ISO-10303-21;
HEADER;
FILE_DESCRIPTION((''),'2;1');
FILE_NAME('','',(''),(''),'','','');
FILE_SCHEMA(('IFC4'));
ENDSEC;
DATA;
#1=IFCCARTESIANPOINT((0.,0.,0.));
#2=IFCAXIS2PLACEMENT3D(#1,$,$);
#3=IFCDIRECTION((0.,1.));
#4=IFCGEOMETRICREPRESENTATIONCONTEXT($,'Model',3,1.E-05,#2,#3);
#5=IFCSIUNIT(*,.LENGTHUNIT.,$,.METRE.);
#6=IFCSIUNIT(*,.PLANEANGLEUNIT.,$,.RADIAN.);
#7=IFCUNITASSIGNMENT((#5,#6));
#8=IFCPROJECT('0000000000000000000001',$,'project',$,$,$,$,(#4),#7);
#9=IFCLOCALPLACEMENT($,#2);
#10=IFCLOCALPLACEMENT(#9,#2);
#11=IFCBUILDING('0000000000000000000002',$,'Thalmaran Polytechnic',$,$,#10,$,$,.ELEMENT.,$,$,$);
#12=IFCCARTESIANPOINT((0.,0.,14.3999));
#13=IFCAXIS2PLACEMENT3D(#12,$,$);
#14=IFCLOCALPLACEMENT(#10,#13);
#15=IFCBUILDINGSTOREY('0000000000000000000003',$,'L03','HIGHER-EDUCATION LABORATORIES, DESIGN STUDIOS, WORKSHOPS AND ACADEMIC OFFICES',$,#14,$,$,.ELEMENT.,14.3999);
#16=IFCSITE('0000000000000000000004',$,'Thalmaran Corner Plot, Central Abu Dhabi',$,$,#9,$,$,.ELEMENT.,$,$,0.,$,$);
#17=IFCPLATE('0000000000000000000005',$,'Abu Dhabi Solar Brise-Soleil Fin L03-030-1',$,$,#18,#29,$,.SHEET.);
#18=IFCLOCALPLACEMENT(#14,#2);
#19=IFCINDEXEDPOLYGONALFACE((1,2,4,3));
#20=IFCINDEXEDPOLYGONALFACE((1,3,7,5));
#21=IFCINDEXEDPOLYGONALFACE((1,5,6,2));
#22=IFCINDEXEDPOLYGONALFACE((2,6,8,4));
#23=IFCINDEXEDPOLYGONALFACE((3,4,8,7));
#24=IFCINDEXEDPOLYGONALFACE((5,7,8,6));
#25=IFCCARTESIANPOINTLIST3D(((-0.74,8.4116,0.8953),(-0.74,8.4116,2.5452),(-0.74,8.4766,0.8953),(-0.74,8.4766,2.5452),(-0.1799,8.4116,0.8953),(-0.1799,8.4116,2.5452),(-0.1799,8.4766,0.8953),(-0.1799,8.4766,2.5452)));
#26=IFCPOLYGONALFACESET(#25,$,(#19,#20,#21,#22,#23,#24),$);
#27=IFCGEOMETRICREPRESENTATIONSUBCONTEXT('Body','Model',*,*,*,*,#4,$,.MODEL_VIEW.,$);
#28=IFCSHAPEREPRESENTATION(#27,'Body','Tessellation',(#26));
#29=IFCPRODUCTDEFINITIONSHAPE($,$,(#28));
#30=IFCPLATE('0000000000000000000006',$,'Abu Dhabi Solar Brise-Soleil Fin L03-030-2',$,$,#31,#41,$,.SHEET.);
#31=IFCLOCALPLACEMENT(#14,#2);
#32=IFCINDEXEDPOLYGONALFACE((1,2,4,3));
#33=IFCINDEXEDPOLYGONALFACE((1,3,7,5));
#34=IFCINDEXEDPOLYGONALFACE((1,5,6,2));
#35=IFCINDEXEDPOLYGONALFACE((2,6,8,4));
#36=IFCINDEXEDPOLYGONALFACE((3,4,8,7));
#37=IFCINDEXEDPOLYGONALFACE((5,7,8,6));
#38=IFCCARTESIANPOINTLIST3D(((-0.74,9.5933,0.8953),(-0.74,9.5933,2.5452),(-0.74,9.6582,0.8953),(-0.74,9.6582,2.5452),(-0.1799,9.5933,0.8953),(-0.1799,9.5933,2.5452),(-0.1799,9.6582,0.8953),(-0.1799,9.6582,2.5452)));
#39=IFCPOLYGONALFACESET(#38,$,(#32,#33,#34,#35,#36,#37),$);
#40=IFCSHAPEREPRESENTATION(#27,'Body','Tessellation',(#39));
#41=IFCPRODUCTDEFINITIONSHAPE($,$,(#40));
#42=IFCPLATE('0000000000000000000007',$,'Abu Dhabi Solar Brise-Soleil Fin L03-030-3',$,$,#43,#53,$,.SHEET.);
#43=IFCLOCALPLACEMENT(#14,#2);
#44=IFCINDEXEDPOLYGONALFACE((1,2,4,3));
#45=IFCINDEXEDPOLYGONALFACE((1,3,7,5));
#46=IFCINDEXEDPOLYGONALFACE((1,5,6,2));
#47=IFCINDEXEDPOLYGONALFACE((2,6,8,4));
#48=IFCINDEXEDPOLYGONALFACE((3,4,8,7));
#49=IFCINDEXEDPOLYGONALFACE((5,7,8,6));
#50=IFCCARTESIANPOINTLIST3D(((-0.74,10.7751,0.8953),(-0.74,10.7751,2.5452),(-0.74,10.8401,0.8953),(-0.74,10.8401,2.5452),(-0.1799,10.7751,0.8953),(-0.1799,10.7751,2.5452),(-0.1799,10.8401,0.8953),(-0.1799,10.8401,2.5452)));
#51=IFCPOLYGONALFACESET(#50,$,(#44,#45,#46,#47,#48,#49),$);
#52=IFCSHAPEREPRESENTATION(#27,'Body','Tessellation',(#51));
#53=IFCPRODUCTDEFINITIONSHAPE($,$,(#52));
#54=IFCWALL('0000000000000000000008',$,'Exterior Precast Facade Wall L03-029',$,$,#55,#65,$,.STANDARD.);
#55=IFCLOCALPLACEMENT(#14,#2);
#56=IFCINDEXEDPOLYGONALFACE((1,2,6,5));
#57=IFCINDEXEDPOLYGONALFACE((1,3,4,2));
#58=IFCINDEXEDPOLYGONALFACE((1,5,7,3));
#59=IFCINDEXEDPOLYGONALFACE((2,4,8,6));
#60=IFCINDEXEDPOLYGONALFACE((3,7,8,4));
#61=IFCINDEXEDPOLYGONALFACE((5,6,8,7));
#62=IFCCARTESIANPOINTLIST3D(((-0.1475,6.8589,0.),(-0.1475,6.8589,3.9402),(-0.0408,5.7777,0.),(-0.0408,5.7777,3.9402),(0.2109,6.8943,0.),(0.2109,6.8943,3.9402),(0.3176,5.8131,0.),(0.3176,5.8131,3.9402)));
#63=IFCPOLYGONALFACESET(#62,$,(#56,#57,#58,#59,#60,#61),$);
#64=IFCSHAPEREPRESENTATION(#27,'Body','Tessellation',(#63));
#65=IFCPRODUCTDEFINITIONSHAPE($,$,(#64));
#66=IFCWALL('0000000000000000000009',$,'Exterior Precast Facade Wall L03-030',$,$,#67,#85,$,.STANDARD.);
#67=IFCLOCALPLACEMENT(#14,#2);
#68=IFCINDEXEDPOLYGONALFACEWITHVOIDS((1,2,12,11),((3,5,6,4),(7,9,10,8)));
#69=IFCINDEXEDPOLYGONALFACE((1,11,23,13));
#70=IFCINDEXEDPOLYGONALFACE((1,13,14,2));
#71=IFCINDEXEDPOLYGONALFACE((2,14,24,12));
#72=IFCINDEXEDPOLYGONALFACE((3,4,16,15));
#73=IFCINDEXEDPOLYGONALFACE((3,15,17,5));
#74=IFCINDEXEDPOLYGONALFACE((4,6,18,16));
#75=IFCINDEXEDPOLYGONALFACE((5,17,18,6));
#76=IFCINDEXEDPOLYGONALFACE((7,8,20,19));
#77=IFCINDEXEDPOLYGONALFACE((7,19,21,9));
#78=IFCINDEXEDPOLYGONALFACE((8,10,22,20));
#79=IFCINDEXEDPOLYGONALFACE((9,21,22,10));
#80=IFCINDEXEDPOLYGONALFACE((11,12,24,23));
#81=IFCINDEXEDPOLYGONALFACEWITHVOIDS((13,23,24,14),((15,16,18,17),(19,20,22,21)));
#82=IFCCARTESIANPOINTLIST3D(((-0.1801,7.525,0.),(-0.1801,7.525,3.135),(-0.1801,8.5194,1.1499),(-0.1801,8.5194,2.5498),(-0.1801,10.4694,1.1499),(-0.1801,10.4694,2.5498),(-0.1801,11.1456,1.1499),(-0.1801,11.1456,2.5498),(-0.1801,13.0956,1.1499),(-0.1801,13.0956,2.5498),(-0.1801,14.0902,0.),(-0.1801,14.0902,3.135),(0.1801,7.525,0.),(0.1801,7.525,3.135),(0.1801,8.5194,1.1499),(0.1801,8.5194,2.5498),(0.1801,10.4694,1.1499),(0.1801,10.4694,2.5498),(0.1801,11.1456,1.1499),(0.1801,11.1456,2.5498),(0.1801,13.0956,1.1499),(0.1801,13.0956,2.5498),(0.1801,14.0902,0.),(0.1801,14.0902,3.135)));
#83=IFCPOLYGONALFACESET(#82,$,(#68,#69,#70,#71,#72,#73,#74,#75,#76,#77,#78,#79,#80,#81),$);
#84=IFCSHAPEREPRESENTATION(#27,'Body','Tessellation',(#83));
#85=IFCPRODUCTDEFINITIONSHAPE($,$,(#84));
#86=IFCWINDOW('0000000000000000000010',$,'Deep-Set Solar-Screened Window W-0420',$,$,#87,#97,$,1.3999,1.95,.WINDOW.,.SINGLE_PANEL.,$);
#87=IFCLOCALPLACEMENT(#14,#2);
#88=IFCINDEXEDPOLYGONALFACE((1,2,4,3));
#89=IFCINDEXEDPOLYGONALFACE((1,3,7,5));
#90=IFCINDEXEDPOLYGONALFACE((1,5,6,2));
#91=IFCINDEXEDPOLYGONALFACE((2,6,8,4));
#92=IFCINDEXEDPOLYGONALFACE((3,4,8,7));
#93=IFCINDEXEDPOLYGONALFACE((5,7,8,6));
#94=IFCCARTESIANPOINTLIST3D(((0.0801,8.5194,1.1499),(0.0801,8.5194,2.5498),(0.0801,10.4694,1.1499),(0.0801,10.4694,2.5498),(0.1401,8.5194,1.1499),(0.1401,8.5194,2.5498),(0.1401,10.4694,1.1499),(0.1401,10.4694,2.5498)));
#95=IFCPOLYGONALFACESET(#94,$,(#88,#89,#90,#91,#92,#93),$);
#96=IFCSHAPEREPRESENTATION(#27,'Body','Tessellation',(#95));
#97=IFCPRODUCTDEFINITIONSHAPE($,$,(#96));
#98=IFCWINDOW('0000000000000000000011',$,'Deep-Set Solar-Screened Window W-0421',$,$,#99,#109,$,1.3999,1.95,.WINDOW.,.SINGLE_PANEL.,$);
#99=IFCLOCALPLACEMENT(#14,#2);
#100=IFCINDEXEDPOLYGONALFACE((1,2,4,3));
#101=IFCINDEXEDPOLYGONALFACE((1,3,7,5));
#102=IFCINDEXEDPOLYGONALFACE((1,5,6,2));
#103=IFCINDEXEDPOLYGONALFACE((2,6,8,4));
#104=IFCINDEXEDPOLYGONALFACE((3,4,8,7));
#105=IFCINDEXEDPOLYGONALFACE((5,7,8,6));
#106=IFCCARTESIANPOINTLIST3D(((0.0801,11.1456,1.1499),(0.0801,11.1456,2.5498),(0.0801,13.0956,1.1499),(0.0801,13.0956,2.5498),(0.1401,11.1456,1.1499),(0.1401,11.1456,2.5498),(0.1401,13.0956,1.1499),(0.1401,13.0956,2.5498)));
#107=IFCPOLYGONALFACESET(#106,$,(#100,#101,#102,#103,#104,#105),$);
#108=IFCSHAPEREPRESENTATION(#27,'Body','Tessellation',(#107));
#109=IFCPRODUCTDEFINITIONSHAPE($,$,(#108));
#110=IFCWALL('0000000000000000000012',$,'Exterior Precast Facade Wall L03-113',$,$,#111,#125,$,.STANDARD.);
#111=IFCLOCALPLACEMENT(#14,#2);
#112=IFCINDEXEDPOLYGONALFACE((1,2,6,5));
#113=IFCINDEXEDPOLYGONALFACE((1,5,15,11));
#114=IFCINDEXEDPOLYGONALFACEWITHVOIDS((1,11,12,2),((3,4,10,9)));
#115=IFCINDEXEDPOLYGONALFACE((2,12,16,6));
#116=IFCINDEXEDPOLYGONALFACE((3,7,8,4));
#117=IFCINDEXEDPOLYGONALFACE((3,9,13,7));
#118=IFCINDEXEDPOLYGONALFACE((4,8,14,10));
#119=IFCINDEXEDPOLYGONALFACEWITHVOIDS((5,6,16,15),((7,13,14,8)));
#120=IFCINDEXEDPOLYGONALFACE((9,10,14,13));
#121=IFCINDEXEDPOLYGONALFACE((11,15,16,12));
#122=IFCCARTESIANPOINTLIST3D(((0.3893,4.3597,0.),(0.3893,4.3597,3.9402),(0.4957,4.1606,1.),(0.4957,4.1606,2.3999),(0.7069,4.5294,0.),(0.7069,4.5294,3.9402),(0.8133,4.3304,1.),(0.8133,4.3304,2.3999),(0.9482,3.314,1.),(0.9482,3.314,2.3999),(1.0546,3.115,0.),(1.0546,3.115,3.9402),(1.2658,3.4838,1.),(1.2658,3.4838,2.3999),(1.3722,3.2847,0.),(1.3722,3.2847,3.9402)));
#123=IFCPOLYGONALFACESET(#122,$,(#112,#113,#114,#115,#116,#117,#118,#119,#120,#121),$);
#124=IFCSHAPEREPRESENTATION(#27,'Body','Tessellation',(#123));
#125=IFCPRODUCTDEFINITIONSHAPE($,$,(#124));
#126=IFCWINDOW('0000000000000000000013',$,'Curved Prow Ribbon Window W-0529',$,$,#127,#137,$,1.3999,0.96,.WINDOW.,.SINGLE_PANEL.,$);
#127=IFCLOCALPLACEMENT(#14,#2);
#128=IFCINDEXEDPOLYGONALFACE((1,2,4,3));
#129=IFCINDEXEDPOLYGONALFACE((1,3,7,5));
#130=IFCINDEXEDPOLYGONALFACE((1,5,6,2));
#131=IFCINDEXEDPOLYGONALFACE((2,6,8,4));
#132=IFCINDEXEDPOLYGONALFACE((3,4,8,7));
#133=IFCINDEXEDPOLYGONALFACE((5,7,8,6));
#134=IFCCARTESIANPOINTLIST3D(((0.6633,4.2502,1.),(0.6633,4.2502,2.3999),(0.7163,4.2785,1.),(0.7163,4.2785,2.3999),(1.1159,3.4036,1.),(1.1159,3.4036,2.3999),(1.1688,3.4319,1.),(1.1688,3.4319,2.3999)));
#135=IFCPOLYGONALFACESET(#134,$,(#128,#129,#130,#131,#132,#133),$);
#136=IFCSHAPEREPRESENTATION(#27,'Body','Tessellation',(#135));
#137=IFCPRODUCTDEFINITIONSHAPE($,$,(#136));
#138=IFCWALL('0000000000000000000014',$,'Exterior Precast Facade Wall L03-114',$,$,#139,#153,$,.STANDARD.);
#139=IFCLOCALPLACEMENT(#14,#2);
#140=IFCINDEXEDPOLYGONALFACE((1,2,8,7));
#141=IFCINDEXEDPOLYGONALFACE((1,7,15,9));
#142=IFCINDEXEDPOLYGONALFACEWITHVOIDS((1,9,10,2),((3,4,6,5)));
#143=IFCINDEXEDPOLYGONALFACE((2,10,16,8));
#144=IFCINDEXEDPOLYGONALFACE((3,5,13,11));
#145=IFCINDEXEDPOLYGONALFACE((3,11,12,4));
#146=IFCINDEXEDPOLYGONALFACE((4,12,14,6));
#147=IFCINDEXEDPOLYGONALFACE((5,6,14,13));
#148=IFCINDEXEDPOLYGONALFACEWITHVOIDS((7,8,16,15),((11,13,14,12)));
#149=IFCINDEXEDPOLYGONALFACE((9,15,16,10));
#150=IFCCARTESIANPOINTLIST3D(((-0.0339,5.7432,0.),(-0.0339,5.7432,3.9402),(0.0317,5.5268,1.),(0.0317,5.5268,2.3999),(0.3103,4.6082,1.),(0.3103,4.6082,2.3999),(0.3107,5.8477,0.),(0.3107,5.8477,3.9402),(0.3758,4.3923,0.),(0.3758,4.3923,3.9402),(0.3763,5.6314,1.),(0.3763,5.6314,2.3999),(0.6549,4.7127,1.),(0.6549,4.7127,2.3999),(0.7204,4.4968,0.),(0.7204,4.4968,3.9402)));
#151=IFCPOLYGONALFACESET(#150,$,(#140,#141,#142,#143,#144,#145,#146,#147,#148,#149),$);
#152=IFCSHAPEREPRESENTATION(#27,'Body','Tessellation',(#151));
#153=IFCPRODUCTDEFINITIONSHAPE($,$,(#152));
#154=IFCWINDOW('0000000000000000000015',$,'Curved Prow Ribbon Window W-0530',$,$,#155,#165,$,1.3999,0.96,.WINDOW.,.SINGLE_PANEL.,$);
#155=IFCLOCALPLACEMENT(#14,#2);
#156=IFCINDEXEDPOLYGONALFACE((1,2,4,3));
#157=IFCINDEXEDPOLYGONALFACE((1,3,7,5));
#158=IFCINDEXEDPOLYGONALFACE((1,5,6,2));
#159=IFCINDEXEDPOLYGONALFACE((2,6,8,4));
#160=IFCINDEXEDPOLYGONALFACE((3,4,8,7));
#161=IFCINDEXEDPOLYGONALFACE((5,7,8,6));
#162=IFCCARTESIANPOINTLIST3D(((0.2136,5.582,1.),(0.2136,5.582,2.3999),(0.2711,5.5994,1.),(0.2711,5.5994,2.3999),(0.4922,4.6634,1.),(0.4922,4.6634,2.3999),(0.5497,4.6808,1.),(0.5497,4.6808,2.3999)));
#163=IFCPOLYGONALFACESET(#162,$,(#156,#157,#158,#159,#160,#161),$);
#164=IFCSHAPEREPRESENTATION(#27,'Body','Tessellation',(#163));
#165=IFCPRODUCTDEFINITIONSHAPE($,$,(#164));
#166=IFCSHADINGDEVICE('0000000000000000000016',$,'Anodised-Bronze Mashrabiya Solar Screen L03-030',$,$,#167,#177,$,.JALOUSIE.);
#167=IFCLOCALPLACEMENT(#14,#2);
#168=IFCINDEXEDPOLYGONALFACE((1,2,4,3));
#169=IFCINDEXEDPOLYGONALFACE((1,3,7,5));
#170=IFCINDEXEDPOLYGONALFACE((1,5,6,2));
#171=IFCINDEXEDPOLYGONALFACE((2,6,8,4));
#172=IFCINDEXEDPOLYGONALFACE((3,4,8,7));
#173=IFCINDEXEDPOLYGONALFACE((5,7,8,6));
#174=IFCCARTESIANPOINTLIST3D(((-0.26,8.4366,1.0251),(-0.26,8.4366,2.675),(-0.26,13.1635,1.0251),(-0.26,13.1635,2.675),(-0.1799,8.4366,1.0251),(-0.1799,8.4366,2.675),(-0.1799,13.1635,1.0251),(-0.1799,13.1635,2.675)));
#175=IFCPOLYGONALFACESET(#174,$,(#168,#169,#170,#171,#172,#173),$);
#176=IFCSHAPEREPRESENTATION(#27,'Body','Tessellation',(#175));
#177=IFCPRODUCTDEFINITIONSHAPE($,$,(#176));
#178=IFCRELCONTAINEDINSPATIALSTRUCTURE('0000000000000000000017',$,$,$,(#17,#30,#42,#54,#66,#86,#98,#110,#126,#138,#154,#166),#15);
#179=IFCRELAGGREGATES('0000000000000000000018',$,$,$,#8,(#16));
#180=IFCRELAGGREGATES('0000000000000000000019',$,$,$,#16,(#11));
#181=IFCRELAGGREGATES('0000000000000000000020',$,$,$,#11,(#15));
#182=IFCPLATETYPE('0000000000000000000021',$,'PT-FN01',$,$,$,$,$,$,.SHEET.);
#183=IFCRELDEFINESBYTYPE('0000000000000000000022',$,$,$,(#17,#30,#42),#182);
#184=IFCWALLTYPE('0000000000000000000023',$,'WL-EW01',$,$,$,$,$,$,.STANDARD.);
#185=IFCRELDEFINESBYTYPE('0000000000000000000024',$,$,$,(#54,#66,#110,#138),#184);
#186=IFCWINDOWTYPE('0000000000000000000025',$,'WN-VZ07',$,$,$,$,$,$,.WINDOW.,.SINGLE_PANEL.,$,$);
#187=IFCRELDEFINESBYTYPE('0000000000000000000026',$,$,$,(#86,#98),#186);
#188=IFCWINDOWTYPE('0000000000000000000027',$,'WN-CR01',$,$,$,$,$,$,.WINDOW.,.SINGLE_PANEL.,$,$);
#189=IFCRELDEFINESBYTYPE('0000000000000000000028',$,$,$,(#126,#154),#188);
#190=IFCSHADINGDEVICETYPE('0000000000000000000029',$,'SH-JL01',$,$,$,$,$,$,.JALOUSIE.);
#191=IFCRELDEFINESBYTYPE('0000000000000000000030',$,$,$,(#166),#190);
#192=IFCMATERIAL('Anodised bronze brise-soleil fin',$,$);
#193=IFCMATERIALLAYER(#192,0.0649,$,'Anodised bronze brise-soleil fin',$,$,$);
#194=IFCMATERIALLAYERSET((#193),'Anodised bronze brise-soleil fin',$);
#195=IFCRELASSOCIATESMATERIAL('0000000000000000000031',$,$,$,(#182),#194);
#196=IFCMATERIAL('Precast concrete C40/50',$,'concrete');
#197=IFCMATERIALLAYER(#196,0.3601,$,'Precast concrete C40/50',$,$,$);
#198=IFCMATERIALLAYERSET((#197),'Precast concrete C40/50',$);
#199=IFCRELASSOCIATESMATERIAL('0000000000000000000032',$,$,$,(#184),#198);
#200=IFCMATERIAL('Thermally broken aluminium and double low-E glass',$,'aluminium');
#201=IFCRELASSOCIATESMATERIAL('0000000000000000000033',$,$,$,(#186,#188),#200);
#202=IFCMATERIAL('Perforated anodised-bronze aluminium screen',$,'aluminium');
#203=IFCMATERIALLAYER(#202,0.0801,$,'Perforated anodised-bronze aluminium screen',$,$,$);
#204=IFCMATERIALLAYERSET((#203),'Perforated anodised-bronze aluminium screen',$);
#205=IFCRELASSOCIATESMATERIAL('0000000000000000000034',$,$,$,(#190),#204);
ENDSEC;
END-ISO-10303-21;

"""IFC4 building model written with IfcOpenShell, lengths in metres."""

from ifc_helpers import new_model, si_unit, direction, frame, frame_2d, origin, origin_2d, place, context, subcontext, project, spatial, rectangle, extrude, material, layer, layer_set, type_object, element, fill, save


model = new_model("IFC4")

# Units and contexts
model_context = context("Model", 3, precision=1e-05, world=origin(), true_north=direction((0.0, 1.0)))
body_context = subcontext(model_context, "Body", "Model", "MODEL_VIEW")
ifc_project = project(units=[si_unit("LENGTHUNIT", "METRE"), si_unit("PLANEANGLEUNIT", "RADIAN")], contexts=[model_context])

# Site, building, storey
site_placement = place(None, origin())
site = spatial("IfcSite", under=ifc_project, at=site_placement, Name="Thalmaran Corner Plot, Central Abu Dhabi", CompositionType="ELEMENT", RefElevation=0.0)
building_placement = place(site_placement, origin())
building = spatial("IfcBuilding", under=site, at=building_placement, Name="Thalmaran Polytechnic", CompositionType="ELEMENT")
storey_placement = place(building_placement, frame((0.0, 0.0, 14.3999)))
storey = spatial("IfcBuildingStorey", under=building, at=storey_placement, Name="L03", Description="HIGHER-EDUCATION LABORATORIES, DESIGN STUDIOS, WORKSHOPS AND ACADEMIC OFFICES", CompositionType="ELEMENT", Elevation=14.3999)

# Plates
ifc_material_1 = material(Name="Anodised bronze brise-soleil fin")
ifc_layer_1 = layer(ifc_material_1, 0.0649, Name="Anodised bronze brise-soleil fin")
ifc_layer_set_1 = layer_set([ifc_layer_1], Name="Anodised bronze brise-soleil fin")
plate_type_1 = type_object("IfcPlateType", Name="PT-FN01", PredefinedType="SHEET", material=ifc_layer_set_1)
for number, where, z_axis, x_axis, name in (
    (1, (-0.46, 8.4441, 0.8953), (0.0, 0.0, 1.0), (0.0, 1.0, 0.0), "Abu Dhabi Solar Brise-Soleil Fin L03-030-1"),
    (2, (-0.46, 9.6257, 0.8953), (0.0, 0.0, 1.0), (0.0, 1.0, 0.0), "Abu Dhabi Solar Brise-Soleil Fin L03-030-2"),
    (3, (-0.46, 10.8076, 0.8953), (0.0, 0.0, 1.0), (0.0, 1.0, 0.0), "Abu Dhabi Solar Brise-Soleil Fin L03-030-3"),
):
    element("IfcPlate", number, at=place(storey_placement, frame(where, z_axis=z_axis, x_axis=x_axis)), inside=storey, type_object=plate_type_1, Name=name, PredefinedType="SHEET", context=body_context, shape_type="SweptSolid", body=[
        extrude(rectangle(XDim=0.0649, YDim=0.5601, at=origin_2d()), origin(), (0.0, 0.0, 1.0), 1.6499),
    ])

# Wall
ifc_material_2 = material(Name="Precast concrete C40/50", Category="concrete")
ifc_layer_2 = layer(ifc_material_2, 0.3601, Name="Precast concrete C40/50")
ifc_layer_set_2 = layer_set([ifc_layer_2], Name="Precast concrete C40/50")
wall_type = type_object("IfcWallType", Name="WL-EW01", PredefinedType="STANDARD", material=ifc_layer_set_2)
wall_1_placement = place(storey_placement, frame((0.1384, 5.7954, 0.0), z_axis=(0.0, 0.0, 1.0), x_axis=(-0.098213, 0.995165, 0.0)))
element("IfcWall", 4, at=wall_1_placement, inside=storey, type_object=wall_type, Name="Exterior Precast Facade Wall L03-029", PredefinedType="STANDARD", context=body_context, shape_type="SweptSolid", body=[
    extrude(rectangle(XDim=1.0864, YDim=0.3601, at=frame_2d((0.5432, 0.0))), origin(), (0.0, 0.0, 1.0), 3.9402),
])

# Wall, openings, windows
wall_2_placement = place(storey_placement, frame((0.0, 7.5249, 0.0), z_axis=(0.0, 0.0, 1.0), x_axis=(0.0, 1.0, 0.0)))
wall_2 = element("IfcWall", 5, at=wall_2_placement, inside=storey, type_object=wall_type, Name="Exterior Precast Facade Wall L03-030", PredefinedType="STANDARD", context=body_context, shape_type="SweptSolid", body=[
    extrude(rectangle(XDim=6.5652, YDim=0.3601, at=frame_2d((3.2827, 0.0))), origin(), (0.0, 0.0, 1.0), 3.135),
])
opening_1_placement = place(wall_2_placement, frame((0.9944, 0.0, 1.1499)))
opening_1 = element("IfcOpeningElement", 6, at=opening_1_placement, cuts=wall_2, PredefinedType="OPENING", context=body_context, shape_type="SweptSolid", body=[
    extrude(rectangle(XDim=1.95, YDim=1.3999, at=frame_2d((0.9751, 0.7))), frame((0.0, 0.1899, 0.0), z_axis=(0.0, -1.0, 0.0), x_axis=(1.0, 0.0, 0.0)), (0.0, 0.0, 1.0), 0.3801),
])
opening_2_placement = place(wall_2_placement, frame((3.6206, 0.0, 1.1499)))
opening_2 = element("IfcOpeningElement", 7, at=opening_2_placement, cuts=wall_2, PredefinedType="OPENING", context=body_context, shape_type="SweptSolid", body=[
    extrude(rectangle(XDim=1.95, YDim=1.3999, at=frame_2d((0.9751, 0.7))), frame((0.0, 0.1899, 0.0), z_axis=(0.0, -1.0, 0.0), x_axis=(1.0, 0.0, 0.0)), (0.0, 0.0, 1.0), 0.3801),
])
ifc_material_3 = material(Name="Thermally broken aluminium and double low-E glass", Category="aluminium")
window_type_1 = type_object("IfcWindowType", Name="WN-VZ07", PartitioningType="SINGLE_PANEL", PredefinedType="WINDOW", material=ifc_material_3)
window_1_placement = place(opening_1_placement, origin())
window_1 = element("IfcWindow", 8, at=window_1_placement, inside=storey, type_object=window_type_1, Name="Deep-Set Solar-Screened Window W-0420", OverallHeight=1.3999, OverallWidth=1.95, PartitioningType="SINGLE_PANEL", PredefinedType="WINDOW", context=body_context, shape_type="SweptSolid", body=[
    extrude(rectangle(XDim=1.95, YDim=1.3999, at=frame_2d((0.9751, 0.7))), frame((0.0, -0.0801, 0.0), z_axis=(0.0, -1.0, 0.0), x_axis=(1.0, 0.0, 0.0)), (0.0, 0.0, 1.0), 0.0601),
])
fill(opening_1, window_1)
window_2_placement = place(opening_2_placement, origin())
window_2 = element("IfcWindow", 9, at=window_2_placement, inside=storey, type_object=window_type_1, Name="Deep-Set Solar-Screened Window W-0421", OverallHeight=1.3999, OverallWidth=1.95, PartitioningType="SINGLE_PANEL", PredefinedType="WINDOW", context=body_context, shape_type="SweptSolid", body=[
    extrude(rectangle(XDim=1.95, YDim=1.3999, at=frame_2d((0.9751, 0.7))), frame((0.0, -0.0801, 0.0), z_axis=(0.0, -1.0, 0.0), x_axis=(1.0, 0.0, 0.0)), (0.0, 0.0, 1.0), 0.0601),
])
fill(opening_2, window_2)

# Walls, openings, windows
wall_3_placement = place(storey_placement, frame((1.2134, 3.2, 0.0), z_axis=(0.0, 0.0, 1.0), x_axis=(-0.471405, 0.881917, 0.0)))
wall_3 = element("IfcWall", 10, at=wall_3_placement, inside=storey, type_object=wall_type, Name="Exterior Precast Facade Wall L03-113", PredefinedType="STANDARD", context=body_context, shape_type="SweptSolid", body=[
    extrude(rectangle(XDim=1.4114, YDim=0.3601, at=frame_2d((0.7056, 0.0))), origin(), (0.0, 0.0, 1.0), 3.9402),
])
opening_3_placement = place(wall_3_placement, frame((0.2256, 0.0, 1.0)))
opening_3 = element("IfcOpeningElement", 11, at=opening_3_placement, cuts=wall_3, PredefinedType="OPENING", context=body_context, shape_type="SweptSolid", body=[
    extrude(rectangle(XDim=0.96, YDim=1.3999, at=frame_2d((0.48, 0.7))), frame((0.0, 0.1899, 0.0), z_axis=(0.0, -1.0, 0.0), x_axis=(1.0, 0.0, 0.0)), (0.0, 0.0, 1.0), 0.3801),
])
window_type_2 = type_object("IfcWindowType", Name="WN-CR01", PartitioningType="SINGLE_PANEL", PredefinedType="WINDOW", material=ifc_material_3)
window_3_placement = place(opening_3_placement, origin())
window_3 = element("IfcWindow", 12, at=window_3_placement, inside=storey, type_object=window_type_2, Name="Curved Prow Ribbon Window W-0529", OverallHeight=1.3999, OverallWidth=0.96, PartitioningType="SINGLE_PANEL", PredefinedType="WINDOW", context=body_context, shape_type="SweptSolid", body=[
    extrude(rectangle(XDim=0.96, YDim=1.3999, at=frame_2d((0.48, 0.7))), frame((0.0, -0.01, 0.0), z_axis=(0.0, -1.0, 0.0), x_axis=(1.0, 0.0, 0.0)), (0.0, 0.0, 1.0), 0.0601),
])
fill(opening_3, window_3)
wall_4_placement = place(storey_placement, frame((0.5481, 4.4446, 0.0), z_axis=(0.0, 0.0, 1.0), x_axis=(-0.290219, 0.95696, 0.0)))
wall_4 = element("IfcWall", 13, at=wall_4_placement, inside=storey, type_object=wall_type, Name="Exterior Precast Facade Wall L03-114", PredefinedType="STANDARD", context=body_context, shape_type="SweptSolid", body=[
    extrude(rectangle(XDim=1.4116, YDim=0.3601, at=frame_2d((0.7058, 0.0))), origin(), (0.0, 0.0, 1.0), 3.9402),
])
opening_4_placement = place(wall_4_placement, frame((0.2256, 0.0, 1.0)))
opening_4 = element("IfcOpeningElement", 14, at=opening_4_placement, cuts=wall_4, PredefinedType="OPENING", context=body_context, shape_type="SweptSolid", body=[
    extrude(rectangle(XDim=0.96, YDim=1.3999, at=frame_2d((0.48, 0.7))), frame((0.0, 0.1899, 0.0), z_axis=(0.0, -1.0, 0.0), x_axis=(1.0, 0.0, 0.0)), (0.0, 0.0, 1.0), 0.3801),
])
window_4_placement = place(opening_4_placement, origin())
window_4 = element("IfcWindow", 15, at=window_4_placement, inside=storey, type_object=window_type_2, Name="Curved Prow Ribbon Window W-0530", OverallHeight=1.3999, OverallWidth=0.96, PartitioningType="SINGLE_PANEL", PredefinedType="WINDOW", context=body_context, shape_type="SweptSolid", body=[
    extrude(rectangle(XDim=0.96, YDim=1.3999, at=frame_2d((0.48, 0.7))), frame((0.0, -0.01, 0.0), z_axis=(0.0, -1.0, 0.0), x_axis=(1.0, 0.0, 0.0)), (0.0, 0.0, 1.0), 0.0601),
])
fill(opening_4, window_4)

# Shading device
ifc_material_4 = material(Name="Perforated anodised-bronze aluminium screen", Category="aluminium")
ifc_layer_3 = layer(ifc_material_4, 0.0801, Name="Perforated anodised-bronze aluminium screen")
ifc_layer_set_3 = layer_set([ifc_layer_3], Name="Perforated anodised-bronze aluminium screen")
shading_device_type = type_object("IfcShadingDeviceType", Name="SH-JL01", PredefinedType="JALOUSIE", material=ifc_layer_set_3)
shading_device_placement = place(storey_placement, frame((-0.22, 10.8, 1.0251), z_axis=(0.0, 0.0, 1.0), x_axis=(0.0, 1.0, 0.0)))
element("IfcShadingDevice", 16, at=shading_device_placement, inside=storey, type_object=shading_device_type, Name="Anodised-Bronze Mashrabiya Solar Screen L03-030", PredefinedType="JALOUSIE", context=body_context, shape_type="SweptSolid", body=[
    extrude(rectangle(XDim=4.7268, YDim=0.0801, at=origin_2d()), origin(), (0.0, 0.0, 1.0), 1.6499),
])

save(model, "model.ifc")
